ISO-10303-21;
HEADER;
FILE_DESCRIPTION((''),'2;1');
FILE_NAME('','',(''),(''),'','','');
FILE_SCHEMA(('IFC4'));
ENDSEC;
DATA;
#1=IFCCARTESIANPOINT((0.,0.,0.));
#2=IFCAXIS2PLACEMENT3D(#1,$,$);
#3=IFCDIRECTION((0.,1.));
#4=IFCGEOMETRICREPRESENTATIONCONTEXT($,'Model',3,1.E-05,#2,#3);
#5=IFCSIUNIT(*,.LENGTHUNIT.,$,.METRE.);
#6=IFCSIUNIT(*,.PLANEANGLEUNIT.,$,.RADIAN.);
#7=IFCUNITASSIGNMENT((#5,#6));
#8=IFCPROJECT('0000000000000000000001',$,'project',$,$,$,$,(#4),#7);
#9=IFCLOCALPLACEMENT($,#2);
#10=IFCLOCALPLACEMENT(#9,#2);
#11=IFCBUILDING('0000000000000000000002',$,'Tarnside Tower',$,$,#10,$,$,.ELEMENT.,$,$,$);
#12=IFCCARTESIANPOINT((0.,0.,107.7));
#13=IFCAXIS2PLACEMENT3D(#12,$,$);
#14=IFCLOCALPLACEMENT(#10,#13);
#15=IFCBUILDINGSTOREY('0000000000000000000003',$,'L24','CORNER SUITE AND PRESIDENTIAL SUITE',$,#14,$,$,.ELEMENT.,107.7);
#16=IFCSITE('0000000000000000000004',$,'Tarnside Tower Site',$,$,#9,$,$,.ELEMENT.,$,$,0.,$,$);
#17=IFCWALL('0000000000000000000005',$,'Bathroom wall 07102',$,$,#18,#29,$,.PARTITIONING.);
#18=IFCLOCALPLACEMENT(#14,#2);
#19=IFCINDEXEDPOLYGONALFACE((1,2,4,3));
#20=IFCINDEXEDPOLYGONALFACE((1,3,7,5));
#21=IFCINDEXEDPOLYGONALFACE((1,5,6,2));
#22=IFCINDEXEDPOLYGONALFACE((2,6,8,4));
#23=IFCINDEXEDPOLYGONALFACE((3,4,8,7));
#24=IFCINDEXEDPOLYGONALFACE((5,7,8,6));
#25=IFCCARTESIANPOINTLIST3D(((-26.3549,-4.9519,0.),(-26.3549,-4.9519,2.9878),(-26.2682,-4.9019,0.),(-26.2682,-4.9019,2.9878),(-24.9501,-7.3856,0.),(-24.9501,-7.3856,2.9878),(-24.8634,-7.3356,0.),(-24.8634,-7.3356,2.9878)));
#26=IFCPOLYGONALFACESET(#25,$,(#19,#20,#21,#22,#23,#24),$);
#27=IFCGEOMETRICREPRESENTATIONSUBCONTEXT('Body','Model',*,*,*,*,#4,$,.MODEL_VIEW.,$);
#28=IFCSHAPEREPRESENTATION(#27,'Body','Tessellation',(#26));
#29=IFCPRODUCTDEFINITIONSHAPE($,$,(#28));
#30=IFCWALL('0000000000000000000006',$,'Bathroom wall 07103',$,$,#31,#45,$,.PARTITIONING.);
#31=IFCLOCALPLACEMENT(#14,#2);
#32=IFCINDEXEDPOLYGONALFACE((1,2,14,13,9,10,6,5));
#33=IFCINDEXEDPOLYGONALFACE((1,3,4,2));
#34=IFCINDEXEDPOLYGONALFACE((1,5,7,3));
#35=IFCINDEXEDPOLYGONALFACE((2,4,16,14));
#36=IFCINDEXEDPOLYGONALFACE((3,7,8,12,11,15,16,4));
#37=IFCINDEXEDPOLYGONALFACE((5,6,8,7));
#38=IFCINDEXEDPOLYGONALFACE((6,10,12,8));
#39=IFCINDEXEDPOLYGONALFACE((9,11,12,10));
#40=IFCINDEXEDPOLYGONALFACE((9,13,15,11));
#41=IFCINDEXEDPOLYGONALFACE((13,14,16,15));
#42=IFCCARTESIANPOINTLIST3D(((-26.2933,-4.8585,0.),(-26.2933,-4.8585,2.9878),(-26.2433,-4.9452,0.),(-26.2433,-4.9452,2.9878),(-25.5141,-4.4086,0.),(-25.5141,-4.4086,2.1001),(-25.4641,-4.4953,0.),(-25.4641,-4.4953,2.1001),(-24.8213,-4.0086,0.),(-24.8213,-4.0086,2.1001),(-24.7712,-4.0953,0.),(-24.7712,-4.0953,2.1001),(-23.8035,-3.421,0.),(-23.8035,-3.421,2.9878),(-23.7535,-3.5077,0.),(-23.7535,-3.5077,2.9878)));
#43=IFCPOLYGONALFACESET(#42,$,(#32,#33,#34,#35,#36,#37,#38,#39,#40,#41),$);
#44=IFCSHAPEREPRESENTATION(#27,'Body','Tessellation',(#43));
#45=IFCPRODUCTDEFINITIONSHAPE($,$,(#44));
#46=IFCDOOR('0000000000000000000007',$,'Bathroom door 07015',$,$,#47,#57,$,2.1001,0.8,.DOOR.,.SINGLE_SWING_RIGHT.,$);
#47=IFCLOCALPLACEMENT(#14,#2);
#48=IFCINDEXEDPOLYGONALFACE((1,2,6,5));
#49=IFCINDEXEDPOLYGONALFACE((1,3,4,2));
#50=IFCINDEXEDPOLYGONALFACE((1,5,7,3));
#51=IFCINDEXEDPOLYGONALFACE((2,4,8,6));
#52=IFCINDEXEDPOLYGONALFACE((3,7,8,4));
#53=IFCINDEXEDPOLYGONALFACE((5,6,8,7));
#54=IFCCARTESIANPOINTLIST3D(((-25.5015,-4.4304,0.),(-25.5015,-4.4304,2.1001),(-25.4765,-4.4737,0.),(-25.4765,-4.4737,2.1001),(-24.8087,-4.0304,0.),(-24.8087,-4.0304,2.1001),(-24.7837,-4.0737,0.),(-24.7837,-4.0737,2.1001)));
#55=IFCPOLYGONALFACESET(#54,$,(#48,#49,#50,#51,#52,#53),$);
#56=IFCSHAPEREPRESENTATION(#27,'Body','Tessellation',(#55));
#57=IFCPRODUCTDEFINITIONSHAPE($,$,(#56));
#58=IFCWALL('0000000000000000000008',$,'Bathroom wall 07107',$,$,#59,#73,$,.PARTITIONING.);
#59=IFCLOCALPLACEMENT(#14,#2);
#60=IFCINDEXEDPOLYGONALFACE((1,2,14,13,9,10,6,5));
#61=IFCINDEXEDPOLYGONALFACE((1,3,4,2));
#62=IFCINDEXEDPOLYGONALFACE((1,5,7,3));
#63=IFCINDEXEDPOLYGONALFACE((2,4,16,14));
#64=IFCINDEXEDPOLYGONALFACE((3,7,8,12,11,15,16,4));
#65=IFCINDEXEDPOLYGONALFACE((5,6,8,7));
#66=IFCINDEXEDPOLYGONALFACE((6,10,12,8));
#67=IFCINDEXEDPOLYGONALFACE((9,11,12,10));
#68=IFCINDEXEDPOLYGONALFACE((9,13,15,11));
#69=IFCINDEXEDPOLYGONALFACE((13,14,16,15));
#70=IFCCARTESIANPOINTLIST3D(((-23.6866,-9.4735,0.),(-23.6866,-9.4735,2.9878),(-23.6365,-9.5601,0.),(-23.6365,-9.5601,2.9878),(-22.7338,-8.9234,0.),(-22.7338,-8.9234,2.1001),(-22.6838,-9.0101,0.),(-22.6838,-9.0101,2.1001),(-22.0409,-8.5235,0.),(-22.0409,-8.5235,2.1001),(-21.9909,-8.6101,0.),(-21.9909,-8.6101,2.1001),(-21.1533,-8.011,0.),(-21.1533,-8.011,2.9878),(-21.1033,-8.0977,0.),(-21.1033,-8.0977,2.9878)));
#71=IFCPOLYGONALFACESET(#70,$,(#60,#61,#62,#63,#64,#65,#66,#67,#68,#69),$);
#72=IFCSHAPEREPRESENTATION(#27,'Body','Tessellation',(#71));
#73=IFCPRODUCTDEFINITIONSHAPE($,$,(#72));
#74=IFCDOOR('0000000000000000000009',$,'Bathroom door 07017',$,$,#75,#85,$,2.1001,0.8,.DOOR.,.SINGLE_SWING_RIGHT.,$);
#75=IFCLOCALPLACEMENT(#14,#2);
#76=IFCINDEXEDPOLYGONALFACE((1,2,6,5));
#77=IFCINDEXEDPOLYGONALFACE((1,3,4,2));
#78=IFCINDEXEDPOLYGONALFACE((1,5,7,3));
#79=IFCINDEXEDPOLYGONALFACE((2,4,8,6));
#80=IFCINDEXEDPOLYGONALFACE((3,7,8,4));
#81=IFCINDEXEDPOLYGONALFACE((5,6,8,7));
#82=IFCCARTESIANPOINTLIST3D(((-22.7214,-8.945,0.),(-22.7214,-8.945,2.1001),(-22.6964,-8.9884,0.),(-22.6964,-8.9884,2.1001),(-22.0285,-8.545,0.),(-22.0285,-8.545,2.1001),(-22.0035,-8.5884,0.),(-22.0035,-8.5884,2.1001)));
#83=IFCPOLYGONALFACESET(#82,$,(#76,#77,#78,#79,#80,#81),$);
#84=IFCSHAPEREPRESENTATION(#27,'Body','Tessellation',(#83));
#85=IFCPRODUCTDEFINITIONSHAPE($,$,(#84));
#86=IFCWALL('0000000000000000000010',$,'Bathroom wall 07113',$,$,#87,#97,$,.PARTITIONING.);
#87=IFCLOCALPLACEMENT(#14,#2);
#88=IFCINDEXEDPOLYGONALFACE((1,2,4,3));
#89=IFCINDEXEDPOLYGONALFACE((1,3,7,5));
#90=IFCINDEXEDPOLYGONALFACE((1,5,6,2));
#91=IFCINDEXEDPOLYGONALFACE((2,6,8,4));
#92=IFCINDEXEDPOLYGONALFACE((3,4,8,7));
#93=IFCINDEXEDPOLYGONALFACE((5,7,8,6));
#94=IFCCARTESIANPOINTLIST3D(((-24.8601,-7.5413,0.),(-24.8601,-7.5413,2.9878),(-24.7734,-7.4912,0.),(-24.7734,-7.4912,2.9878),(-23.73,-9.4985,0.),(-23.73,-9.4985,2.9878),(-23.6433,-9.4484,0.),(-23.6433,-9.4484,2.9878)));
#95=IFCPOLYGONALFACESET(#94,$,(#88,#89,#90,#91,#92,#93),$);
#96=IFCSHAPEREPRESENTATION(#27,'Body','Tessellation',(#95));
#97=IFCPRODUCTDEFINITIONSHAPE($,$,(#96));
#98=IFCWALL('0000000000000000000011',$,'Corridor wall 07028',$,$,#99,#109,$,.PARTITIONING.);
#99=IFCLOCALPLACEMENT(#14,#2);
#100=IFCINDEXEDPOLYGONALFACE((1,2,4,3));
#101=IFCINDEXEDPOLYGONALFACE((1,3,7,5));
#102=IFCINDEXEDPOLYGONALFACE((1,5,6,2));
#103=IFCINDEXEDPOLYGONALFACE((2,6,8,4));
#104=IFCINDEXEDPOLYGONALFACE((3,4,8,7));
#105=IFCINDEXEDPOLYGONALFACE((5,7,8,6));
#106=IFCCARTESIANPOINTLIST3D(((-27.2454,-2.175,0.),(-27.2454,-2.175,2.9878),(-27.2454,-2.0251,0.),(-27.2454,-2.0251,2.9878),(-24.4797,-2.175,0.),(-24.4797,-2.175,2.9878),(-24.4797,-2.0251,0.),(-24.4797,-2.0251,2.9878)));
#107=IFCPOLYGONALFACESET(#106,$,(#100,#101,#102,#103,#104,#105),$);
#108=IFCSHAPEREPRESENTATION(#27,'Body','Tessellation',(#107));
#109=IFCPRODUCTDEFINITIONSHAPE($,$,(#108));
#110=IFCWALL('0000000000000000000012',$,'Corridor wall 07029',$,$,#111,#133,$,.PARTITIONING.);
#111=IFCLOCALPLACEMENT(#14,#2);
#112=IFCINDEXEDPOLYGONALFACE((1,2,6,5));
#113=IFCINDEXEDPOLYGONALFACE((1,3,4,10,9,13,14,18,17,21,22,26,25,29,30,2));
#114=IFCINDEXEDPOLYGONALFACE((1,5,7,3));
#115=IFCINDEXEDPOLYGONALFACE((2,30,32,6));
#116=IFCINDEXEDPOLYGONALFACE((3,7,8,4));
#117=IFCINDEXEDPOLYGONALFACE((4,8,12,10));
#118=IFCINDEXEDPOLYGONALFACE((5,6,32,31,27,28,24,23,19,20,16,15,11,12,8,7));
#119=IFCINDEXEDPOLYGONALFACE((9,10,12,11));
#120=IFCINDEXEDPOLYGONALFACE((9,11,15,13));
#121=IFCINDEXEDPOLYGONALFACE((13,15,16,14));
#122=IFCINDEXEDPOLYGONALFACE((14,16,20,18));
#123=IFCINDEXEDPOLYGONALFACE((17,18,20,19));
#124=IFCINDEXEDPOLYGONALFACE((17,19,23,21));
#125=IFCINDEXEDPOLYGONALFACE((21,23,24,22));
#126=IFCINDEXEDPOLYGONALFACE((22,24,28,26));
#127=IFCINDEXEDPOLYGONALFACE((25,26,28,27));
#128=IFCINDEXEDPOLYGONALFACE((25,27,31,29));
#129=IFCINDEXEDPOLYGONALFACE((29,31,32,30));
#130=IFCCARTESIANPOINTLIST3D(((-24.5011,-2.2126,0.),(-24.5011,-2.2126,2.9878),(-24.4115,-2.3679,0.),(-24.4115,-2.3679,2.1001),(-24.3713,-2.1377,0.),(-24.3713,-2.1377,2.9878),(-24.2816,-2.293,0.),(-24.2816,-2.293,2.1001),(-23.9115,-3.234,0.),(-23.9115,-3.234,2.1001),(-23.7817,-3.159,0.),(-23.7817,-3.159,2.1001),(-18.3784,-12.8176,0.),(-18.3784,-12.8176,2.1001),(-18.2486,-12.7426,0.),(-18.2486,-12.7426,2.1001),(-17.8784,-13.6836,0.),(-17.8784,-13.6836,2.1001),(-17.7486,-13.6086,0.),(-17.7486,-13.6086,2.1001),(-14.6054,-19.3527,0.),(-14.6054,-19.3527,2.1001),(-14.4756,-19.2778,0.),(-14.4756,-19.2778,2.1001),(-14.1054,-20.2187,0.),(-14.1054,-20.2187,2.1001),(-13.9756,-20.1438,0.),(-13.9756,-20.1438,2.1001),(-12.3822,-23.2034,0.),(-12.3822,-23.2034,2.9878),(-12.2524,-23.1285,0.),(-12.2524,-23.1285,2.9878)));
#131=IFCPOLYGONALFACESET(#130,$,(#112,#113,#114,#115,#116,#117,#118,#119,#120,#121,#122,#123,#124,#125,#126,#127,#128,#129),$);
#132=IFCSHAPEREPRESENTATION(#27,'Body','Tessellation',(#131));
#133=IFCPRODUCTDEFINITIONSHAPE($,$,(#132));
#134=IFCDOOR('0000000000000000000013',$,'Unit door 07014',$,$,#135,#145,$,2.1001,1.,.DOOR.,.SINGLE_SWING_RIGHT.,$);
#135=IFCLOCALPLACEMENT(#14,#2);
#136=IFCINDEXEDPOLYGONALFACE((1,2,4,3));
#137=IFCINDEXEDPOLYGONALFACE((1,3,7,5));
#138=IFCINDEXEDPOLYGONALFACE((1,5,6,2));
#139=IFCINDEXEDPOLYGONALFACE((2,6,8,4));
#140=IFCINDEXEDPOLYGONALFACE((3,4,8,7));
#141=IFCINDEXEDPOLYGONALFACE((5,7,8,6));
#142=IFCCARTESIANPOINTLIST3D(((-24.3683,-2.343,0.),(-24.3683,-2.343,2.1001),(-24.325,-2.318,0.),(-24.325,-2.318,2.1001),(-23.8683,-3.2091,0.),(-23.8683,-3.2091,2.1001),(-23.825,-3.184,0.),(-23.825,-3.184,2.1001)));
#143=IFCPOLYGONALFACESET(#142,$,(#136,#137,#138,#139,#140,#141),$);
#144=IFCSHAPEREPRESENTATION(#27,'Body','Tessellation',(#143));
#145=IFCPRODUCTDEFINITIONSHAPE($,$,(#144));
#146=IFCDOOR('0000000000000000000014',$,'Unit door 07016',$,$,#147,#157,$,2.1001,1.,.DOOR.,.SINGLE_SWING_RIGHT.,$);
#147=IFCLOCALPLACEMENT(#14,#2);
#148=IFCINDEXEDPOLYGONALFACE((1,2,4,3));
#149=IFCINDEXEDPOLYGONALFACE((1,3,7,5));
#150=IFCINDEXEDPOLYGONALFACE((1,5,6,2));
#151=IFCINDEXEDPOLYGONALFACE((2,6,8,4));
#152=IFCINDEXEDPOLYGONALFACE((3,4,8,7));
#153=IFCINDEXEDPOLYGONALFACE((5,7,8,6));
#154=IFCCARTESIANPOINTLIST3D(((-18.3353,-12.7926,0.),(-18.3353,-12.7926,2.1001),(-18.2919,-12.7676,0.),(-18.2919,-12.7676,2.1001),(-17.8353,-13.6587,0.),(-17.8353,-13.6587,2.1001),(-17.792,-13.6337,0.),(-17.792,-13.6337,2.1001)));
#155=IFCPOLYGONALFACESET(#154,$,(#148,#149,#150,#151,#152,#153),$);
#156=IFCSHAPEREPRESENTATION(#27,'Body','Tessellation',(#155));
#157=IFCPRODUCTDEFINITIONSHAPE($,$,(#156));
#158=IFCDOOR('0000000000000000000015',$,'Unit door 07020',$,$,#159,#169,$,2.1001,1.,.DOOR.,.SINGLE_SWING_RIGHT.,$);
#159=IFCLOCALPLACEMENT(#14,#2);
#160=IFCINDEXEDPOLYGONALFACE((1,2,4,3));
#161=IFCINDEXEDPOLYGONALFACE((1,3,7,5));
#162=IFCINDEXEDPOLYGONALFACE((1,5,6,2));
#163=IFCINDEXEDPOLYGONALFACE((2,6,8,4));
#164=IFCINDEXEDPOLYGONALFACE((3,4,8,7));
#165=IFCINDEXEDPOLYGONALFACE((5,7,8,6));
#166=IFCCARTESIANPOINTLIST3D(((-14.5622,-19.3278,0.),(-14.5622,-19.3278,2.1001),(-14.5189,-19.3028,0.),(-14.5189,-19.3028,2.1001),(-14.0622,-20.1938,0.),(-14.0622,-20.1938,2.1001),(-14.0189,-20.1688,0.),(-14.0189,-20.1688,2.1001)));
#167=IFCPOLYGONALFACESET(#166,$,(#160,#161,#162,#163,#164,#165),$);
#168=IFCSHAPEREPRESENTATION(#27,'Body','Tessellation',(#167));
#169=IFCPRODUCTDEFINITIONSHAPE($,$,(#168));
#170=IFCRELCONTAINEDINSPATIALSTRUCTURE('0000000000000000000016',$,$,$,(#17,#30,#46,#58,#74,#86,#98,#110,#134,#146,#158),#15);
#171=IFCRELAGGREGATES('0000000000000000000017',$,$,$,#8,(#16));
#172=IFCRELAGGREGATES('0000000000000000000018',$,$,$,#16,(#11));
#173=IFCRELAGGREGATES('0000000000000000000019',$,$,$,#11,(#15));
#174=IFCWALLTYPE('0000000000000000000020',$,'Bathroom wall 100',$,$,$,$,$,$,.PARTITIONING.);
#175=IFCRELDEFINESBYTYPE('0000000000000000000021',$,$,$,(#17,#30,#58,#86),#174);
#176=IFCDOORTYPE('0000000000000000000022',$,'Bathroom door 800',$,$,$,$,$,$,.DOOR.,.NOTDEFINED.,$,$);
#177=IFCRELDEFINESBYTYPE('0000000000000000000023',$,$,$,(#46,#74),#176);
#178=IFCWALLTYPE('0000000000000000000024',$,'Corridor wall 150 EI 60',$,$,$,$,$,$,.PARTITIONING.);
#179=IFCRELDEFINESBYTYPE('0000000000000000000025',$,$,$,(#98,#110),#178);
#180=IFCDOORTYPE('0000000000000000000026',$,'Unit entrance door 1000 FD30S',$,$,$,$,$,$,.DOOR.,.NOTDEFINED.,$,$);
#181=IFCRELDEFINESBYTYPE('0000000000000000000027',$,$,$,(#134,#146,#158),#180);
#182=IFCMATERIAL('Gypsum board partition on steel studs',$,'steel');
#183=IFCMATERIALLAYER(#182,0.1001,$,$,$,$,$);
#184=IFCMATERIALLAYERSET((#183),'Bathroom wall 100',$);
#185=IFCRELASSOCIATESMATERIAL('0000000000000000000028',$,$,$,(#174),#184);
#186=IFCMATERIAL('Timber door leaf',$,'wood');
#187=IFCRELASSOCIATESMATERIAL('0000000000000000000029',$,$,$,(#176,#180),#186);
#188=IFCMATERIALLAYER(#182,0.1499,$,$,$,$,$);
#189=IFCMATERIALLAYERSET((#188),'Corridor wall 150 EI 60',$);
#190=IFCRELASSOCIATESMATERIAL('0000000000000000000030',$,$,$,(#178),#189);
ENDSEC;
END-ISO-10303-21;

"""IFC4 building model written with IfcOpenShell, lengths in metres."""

from ifc_helpers import new_model, si_unit, direction, frame, frame_2d, origin, place, context, subcontext, project, spatial, rectangle, extrude, material, layer, layer_set, type_object, element, fill, save


model = new_model("IFC4")

# Units and contexts
model_context = context("Model", 3, precision=1e-05, world=origin(), true_north=direction((0.0, 1.0)))
body_context = subcontext(model_context, "Body", "Model", "MODEL_VIEW")
ifc_project = project(units=[si_unit("LENGTHUNIT", "METRE"), si_unit("PLANEANGLEUNIT", "RADIAN")], contexts=[model_context])

# Site, building, storey
site_placement = place(None, origin())
site = spatial("IfcSite", under=ifc_project, at=site_placement, Name="Tarnside Tower Site", CompositionType="ELEMENT", RefElevation=0.0)
building_placement = place(site_placement, origin())
building = spatial("IfcBuilding", under=site, at=building_placement, Name="Tarnside Tower", CompositionType="ELEMENT")
storey_placement = place(building_placement, frame((0.0, 0.0, 107.7)))
storey = spatial("IfcBuildingStorey", under=building, at=storey_placement, Name="L24", Description="CORNER SUITE AND PRESIDENTIAL SUITE", CompositionType="ELEMENT", Elevation=107.7)

# Wall
ifc_material_1 = material(Name="Gypsum board partition on steel studs", Category="steel")
ifc_layer_1 = layer(ifc_material_1, 0.1001)
ifc_layer_set_1 = layer_set([ifc_layer_1], Name="Bathroom wall 100")
wall_type_1 = type_object("IfcWallType", Name="Bathroom wall 100", PredefinedType="PARTITIONING", material=ifc_layer_set_1)
wall_1_placement = place(storey_placement, frame((-24.9067, -7.3606, 0.0), z_axis=(0.0, 0.0, 1.0), x_axis=(-0.499933, 0.866064, 0.0)))
element("IfcWall", 1, at=wall_1_placement, inside=storey, type_object=wall_type_1, Name="Bathroom wall 07102", PredefinedType="PARTITIONING", context=body_context, shape_type="SweptSolid", body=[
    extrude(rectangle(XDim=2.8101, YDim=0.1001, at=frame_2d((1.405, 0.0))), origin(), (0.0, 0.0, 1.0), 2.9878),
])

# Walls, openings, doors
wall_2_placement = place(storey_placement, frame((-26.2683, -4.9019, 0.0), z_axis=(0.0, 0.0, 1.0), x_axis=(0.866019, 0.500012, 0.0)))
wall_2 = element("IfcWall", 2, at=wall_2_placement, inside=storey, type_object=wall_type_1, Name="Bathroom wall 07103", PredefinedType="PARTITIONING", context=body_context, shape_type="SweptSolid", body=[
    extrude(rectangle(XDim=2.875, YDim=0.1001, at=frame_2d((1.4375, 0.0))), origin(), (0.0, 0.0, 1.0), 2.9878),
])
opening_1_placement = place(wall_2_placement, frame((0.8999, 0.0, 0.0)))
opening_1 = element("IfcOpeningElement", 3, at=opening_1_placement, cuts=wall_2, PredefinedType="OPENING", context=body_context, shape_type="SweptSolid", body=[
    extrude(rectangle(XDim=0.8, YDim=2.1001, at=frame_2d((0.3999, 1.05))), frame((0.0, 0.0601, 0.0), z_axis=(0.0, -1.0, 0.0), x_axis=(1.0, 0.0, 0.0)), (0.0, 0.0, 1.0), 0.1201),
])
ifc_material_2 = material(Name="Timber door leaf", Category="wood")
door_type_1 = type_object("IfcDoorType", Name="Bathroom door 800", OperationType="NOTDEFINED", PredefinedType="DOOR", material=ifc_material_2)
door_1_placement = place(opening_1_placement, origin())
door_1 = element("IfcDoor", 4, at=door_1_placement, inside=storey, type_object=door_type_1, Name="Bathroom door 07015", OperationType="SINGLE_SWING_RIGHT", OverallHeight=2.1001, OverallWidth=0.8, PredefinedType="DOOR", context=body_context, shape_type="SweptSolid", body=[
    extrude(rectangle(XDim=0.8, YDim=2.1001, at=frame_2d((0.3999, 1.05))), frame((0.0, 0.0249, 0.0), z_axis=(0.0, -1.0, 0.0), x_axis=(1.0, 0.0, 0.0)), (0.0, 0.0, 1.0), 0.05),
])
fill(opening_1, door_1)
wall_3_placement = place(storey_placement, frame((-21.1284, -8.0544, 0.0), z_axis=(0.0, 0.0, 1.0), x_axis=(-0.866047, -0.499963, 0.0)))
wall_3 = element("IfcWall", 5, at=wall_3_placement, inside=storey, type_object=wall_type_1, Name="Bathroom wall 07107", PredefinedType="PARTITIONING", context=body_context, shape_type="SweptSolid", body=[
    extrude(rectangle(XDim=2.925, YDim=0.1001, at=frame_2d((1.4624, 0.0))), origin(), (0.0, 0.0, 1.0), 2.9878),
])
opening_2_placement = place(wall_3_placement, frame((1.0249, 0.0, 0.0)))
opening_2 = element("IfcOpeningElement", 6, at=opening_2_placement, cuts=wall_3, PredefinedType="OPENING", context=body_context, shape_type="SweptSolid", body=[
    extrude(rectangle(XDim=0.8, YDim=2.1001, at=frame_2d((0.3999, 1.05))), frame((0.0, 0.0601, 0.0), z_axis=(0.0, -1.0, 0.0), x_axis=(1.0, 0.0, 0.0)), (0.0, 0.0, 1.0), 0.1201),
])
door_2_placement = place(opening_2_placement, origin())
door_2 = element("IfcDoor", 7, at=door_2_placement, inside=storey, type_object=door_type_1, Name="Bathroom door 07017", OperationType="SINGLE_SWING_RIGHT", OverallHeight=2.1001, OverallWidth=0.8, PredefinedType="DOOR", context=body_context, shape_type="SweptSolid", body=[
    extrude(rectangle(XDim=0.8, YDim=2.1001, at=frame_2d((0.3999, 1.05))), frame((0.0, 0.0249, 0.0), z_axis=(0.0, -1.0, 0.0), x_axis=(1.0, 0.0, 0.0)), (0.0, 0.0, 1.0), 0.05),
])
fill(opening_2, door_2)

# Walls
wall_4_placement = place(storey_placement, frame((-24.8167, -7.5164, 0.0), z_axis=(0.0, 0.0, 1.0), x_axis=(0.500031, -0.866007, 0.0)))
element("IfcWall", 8, at=wall_4_placement, inside=storey, type_object=wall_type_1, Name="Bathroom wall 07113", PredefinedType="PARTITIONING", context=body_context, shape_type="SweptSolid", body=[
    extrude(rectangle(XDim=2.26, YDim=0.1001, at=frame_2d((1.1299, 0.0))), origin(), (0.0, 0.0, 1.0), 2.9878),
])
ifc_layer_2 = layer(ifc_material_1, 0.1499)
ifc_layer_set_2 = layer_set([ifc_layer_2], Name="Corridor wall 150 EI 60")
wall_type_2 = type_object("IfcWallType", Name="Corridor wall 150 EI 60", PredefinedType="PARTITIONING", material=ifc_layer_set_2)
wall_5_placement = place(storey_placement, frame((-27.2454, -2.1001, 0.0), z_axis=(0.0, 0.0, 1.0), x_axis=(1.0, 0.0, 0.0)))
element("IfcWall", 9, at=wall_5_placement, inside=storey, type_object=wall_type_2, Name="Corridor wall 07028", PredefinedType="PARTITIONING", context=body_context, shape_type="SweptSolid", body=[
    extrude(rectangle(XDim=2.7656, YDim=0.1499, at=frame_2d((1.3828, 0.0))), origin(), (0.0, 0.0, 1.0), 2.9878),
])

# Wall, openings, doors
wall_6_placement = place(storey_placement, frame((-24.4363, -2.175, 0.0), z_axis=(0.0, 0.0, 1.0), x_axis=(0.499997, -0.866027, 0.0)))
wall_6 = element("IfcWall", 10, at=wall_6_placement, inside=storey, type_object=wall_type_2, Name="Corridor wall 07029", PredefinedType="PARTITIONING", context=body_context, shape_type="SweptSolid", body=[
    extrude(rectangle(XDim=24.238, YDim=0.1499, at=frame_2d((12.1191, 0.0))), origin(), (0.0, 0.0, 1.0), 2.9878),
])
opening_3_placement = place(wall_6_placement, frame((0.1794, 0.0, 0.0)))
opening_3 = element("IfcOpeningElement", 11, at=opening_3_placement, cuts=wall_6, PredefinedType="OPENING", context=body_context, shape_type="SweptSolid", body=[
    extrude(rectangle(XDim=1.0, YDim=2.1001, at=frame_2d((0.5, 1.05))), frame((0.0, 0.085, 0.0), z_axis=(0.0, -1.0, 0.0), x_axis=(1.0, 0.0, 0.0)), (0.0, 0.0, 1.0), 0.1699),
])
opening_4_placement = place(wall_6_placement, frame((12.2456, 0.0, 0.0)))
opening_4 = element("IfcOpeningElement", 12, at=opening_4_placement, cuts=wall_6, PredefinedType="OPENING", context=body_context, shape_type="SweptSolid", body=[
    extrude(rectangle(XDim=1.0, YDim=2.1001, at=frame_2d((0.5, 1.05))), frame((0.0, 0.085, 0.0), z_axis=(0.0, -1.0, 0.0), x_axis=(1.0, 0.0, 0.0)), (0.0, 0.0, 1.0), 0.1699),
])
opening_5_placement = place(wall_6_placement, frame((19.7917, 0.0, 0.0)))
opening_5 = element("IfcOpeningElement", 13, at=opening_5_placement, cuts=wall_6, PredefinedType="OPENING", context=body_context, shape_type="SweptSolid", body=[
    extrude(rectangle(XDim=1.0, YDim=2.1001, at=frame_2d((0.5, 1.05))), frame((0.0, 0.085, 0.0), z_axis=(0.0, -1.0, 0.0), x_axis=(1.0, 0.0, 0.0)), (0.0, 0.0, 1.0), 0.1699),
])
door_type_2 = type_object("IfcDoorType", Name="Unit entrance door 1000 FD30S", OperationType="NOTDEFINED", PredefinedType="DOOR", material=ifc_material_2)
door_3_placement = place(opening_3_placement, origin())
door_3 = element("IfcDoor", 14, at=door_3_placement, inside=storey, type_object=door_type_2, Name="Unit door 07014", OperationType="SINGLE_SWING_RIGHT", OverallHeight=2.1001, OverallWidth=1.0, PredefinedType="DOOR", context=body_context, shape_type="SweptSolid", body=[
    extrude(rectangle(XDim=1.0, YDim=2.1001, at=frame_2d((0.5, 1.05))), frame((0.0, 0.0249, 0.0), z_axis=(0.0, -1.0, 0.0), x_axis=(1.0, 0.0, 0.0)), (0.0, 0.0, 1.0), 0.05),
])
fill(opening_3, door_3)
door_4_placement = place(opening_4_placement, origin())
door_4 = element("IfcDoor", 15, at=door_4_placement, inside=storey, type_object=door_type_2, Name="Unit door 07016", OperationType="SINGLE_SWING_RIGHT", OverallHeight=2.1001, OverallWidth=1.0, PredefinedType="DOOR", context=body_context, shape_type="SweptSolid", body=[
    extrude(rectangle(XDim=1.0, YDim=2.1001, at=frame_2d((0.5, 1.05))), frame((0.0, 0.0249, 0.0), z_axis=(0.0, -1.0, 0.0), x_axis=(1.0, 0.0, 0.0)), (0.0, 0.0, 1.0), 0.05),
])
fill(opening_4, door_4)
door_5_placement = place(opening_5_placement, origin())
door_5 = element("IfcDoor", 16, at=door_5_placement, inside=storey, type_object=door_type_2, Name="Unit door 07020", OperationType="SINGLE_SWING_RIGHT", OverallHeight=2.1001, OverallWidth=1.0, PredefinedType="DOOR", context=body_context, shape_type="SweptSolid", body=[
    extrude(rectangle(XDim=1.0, YDim=2.1001, at=frame_2d((0.5, 1.05))), frame((0.0, 0.0249, 0.0), z_axis=(0.0, -1.0, 0.0), x_axis=(1.0, 0.0, 0.0)), (0.0, 0.0, 1.0), 0.05),
])
fill(opening_5, door_5)

save(model, "model.ifc")
